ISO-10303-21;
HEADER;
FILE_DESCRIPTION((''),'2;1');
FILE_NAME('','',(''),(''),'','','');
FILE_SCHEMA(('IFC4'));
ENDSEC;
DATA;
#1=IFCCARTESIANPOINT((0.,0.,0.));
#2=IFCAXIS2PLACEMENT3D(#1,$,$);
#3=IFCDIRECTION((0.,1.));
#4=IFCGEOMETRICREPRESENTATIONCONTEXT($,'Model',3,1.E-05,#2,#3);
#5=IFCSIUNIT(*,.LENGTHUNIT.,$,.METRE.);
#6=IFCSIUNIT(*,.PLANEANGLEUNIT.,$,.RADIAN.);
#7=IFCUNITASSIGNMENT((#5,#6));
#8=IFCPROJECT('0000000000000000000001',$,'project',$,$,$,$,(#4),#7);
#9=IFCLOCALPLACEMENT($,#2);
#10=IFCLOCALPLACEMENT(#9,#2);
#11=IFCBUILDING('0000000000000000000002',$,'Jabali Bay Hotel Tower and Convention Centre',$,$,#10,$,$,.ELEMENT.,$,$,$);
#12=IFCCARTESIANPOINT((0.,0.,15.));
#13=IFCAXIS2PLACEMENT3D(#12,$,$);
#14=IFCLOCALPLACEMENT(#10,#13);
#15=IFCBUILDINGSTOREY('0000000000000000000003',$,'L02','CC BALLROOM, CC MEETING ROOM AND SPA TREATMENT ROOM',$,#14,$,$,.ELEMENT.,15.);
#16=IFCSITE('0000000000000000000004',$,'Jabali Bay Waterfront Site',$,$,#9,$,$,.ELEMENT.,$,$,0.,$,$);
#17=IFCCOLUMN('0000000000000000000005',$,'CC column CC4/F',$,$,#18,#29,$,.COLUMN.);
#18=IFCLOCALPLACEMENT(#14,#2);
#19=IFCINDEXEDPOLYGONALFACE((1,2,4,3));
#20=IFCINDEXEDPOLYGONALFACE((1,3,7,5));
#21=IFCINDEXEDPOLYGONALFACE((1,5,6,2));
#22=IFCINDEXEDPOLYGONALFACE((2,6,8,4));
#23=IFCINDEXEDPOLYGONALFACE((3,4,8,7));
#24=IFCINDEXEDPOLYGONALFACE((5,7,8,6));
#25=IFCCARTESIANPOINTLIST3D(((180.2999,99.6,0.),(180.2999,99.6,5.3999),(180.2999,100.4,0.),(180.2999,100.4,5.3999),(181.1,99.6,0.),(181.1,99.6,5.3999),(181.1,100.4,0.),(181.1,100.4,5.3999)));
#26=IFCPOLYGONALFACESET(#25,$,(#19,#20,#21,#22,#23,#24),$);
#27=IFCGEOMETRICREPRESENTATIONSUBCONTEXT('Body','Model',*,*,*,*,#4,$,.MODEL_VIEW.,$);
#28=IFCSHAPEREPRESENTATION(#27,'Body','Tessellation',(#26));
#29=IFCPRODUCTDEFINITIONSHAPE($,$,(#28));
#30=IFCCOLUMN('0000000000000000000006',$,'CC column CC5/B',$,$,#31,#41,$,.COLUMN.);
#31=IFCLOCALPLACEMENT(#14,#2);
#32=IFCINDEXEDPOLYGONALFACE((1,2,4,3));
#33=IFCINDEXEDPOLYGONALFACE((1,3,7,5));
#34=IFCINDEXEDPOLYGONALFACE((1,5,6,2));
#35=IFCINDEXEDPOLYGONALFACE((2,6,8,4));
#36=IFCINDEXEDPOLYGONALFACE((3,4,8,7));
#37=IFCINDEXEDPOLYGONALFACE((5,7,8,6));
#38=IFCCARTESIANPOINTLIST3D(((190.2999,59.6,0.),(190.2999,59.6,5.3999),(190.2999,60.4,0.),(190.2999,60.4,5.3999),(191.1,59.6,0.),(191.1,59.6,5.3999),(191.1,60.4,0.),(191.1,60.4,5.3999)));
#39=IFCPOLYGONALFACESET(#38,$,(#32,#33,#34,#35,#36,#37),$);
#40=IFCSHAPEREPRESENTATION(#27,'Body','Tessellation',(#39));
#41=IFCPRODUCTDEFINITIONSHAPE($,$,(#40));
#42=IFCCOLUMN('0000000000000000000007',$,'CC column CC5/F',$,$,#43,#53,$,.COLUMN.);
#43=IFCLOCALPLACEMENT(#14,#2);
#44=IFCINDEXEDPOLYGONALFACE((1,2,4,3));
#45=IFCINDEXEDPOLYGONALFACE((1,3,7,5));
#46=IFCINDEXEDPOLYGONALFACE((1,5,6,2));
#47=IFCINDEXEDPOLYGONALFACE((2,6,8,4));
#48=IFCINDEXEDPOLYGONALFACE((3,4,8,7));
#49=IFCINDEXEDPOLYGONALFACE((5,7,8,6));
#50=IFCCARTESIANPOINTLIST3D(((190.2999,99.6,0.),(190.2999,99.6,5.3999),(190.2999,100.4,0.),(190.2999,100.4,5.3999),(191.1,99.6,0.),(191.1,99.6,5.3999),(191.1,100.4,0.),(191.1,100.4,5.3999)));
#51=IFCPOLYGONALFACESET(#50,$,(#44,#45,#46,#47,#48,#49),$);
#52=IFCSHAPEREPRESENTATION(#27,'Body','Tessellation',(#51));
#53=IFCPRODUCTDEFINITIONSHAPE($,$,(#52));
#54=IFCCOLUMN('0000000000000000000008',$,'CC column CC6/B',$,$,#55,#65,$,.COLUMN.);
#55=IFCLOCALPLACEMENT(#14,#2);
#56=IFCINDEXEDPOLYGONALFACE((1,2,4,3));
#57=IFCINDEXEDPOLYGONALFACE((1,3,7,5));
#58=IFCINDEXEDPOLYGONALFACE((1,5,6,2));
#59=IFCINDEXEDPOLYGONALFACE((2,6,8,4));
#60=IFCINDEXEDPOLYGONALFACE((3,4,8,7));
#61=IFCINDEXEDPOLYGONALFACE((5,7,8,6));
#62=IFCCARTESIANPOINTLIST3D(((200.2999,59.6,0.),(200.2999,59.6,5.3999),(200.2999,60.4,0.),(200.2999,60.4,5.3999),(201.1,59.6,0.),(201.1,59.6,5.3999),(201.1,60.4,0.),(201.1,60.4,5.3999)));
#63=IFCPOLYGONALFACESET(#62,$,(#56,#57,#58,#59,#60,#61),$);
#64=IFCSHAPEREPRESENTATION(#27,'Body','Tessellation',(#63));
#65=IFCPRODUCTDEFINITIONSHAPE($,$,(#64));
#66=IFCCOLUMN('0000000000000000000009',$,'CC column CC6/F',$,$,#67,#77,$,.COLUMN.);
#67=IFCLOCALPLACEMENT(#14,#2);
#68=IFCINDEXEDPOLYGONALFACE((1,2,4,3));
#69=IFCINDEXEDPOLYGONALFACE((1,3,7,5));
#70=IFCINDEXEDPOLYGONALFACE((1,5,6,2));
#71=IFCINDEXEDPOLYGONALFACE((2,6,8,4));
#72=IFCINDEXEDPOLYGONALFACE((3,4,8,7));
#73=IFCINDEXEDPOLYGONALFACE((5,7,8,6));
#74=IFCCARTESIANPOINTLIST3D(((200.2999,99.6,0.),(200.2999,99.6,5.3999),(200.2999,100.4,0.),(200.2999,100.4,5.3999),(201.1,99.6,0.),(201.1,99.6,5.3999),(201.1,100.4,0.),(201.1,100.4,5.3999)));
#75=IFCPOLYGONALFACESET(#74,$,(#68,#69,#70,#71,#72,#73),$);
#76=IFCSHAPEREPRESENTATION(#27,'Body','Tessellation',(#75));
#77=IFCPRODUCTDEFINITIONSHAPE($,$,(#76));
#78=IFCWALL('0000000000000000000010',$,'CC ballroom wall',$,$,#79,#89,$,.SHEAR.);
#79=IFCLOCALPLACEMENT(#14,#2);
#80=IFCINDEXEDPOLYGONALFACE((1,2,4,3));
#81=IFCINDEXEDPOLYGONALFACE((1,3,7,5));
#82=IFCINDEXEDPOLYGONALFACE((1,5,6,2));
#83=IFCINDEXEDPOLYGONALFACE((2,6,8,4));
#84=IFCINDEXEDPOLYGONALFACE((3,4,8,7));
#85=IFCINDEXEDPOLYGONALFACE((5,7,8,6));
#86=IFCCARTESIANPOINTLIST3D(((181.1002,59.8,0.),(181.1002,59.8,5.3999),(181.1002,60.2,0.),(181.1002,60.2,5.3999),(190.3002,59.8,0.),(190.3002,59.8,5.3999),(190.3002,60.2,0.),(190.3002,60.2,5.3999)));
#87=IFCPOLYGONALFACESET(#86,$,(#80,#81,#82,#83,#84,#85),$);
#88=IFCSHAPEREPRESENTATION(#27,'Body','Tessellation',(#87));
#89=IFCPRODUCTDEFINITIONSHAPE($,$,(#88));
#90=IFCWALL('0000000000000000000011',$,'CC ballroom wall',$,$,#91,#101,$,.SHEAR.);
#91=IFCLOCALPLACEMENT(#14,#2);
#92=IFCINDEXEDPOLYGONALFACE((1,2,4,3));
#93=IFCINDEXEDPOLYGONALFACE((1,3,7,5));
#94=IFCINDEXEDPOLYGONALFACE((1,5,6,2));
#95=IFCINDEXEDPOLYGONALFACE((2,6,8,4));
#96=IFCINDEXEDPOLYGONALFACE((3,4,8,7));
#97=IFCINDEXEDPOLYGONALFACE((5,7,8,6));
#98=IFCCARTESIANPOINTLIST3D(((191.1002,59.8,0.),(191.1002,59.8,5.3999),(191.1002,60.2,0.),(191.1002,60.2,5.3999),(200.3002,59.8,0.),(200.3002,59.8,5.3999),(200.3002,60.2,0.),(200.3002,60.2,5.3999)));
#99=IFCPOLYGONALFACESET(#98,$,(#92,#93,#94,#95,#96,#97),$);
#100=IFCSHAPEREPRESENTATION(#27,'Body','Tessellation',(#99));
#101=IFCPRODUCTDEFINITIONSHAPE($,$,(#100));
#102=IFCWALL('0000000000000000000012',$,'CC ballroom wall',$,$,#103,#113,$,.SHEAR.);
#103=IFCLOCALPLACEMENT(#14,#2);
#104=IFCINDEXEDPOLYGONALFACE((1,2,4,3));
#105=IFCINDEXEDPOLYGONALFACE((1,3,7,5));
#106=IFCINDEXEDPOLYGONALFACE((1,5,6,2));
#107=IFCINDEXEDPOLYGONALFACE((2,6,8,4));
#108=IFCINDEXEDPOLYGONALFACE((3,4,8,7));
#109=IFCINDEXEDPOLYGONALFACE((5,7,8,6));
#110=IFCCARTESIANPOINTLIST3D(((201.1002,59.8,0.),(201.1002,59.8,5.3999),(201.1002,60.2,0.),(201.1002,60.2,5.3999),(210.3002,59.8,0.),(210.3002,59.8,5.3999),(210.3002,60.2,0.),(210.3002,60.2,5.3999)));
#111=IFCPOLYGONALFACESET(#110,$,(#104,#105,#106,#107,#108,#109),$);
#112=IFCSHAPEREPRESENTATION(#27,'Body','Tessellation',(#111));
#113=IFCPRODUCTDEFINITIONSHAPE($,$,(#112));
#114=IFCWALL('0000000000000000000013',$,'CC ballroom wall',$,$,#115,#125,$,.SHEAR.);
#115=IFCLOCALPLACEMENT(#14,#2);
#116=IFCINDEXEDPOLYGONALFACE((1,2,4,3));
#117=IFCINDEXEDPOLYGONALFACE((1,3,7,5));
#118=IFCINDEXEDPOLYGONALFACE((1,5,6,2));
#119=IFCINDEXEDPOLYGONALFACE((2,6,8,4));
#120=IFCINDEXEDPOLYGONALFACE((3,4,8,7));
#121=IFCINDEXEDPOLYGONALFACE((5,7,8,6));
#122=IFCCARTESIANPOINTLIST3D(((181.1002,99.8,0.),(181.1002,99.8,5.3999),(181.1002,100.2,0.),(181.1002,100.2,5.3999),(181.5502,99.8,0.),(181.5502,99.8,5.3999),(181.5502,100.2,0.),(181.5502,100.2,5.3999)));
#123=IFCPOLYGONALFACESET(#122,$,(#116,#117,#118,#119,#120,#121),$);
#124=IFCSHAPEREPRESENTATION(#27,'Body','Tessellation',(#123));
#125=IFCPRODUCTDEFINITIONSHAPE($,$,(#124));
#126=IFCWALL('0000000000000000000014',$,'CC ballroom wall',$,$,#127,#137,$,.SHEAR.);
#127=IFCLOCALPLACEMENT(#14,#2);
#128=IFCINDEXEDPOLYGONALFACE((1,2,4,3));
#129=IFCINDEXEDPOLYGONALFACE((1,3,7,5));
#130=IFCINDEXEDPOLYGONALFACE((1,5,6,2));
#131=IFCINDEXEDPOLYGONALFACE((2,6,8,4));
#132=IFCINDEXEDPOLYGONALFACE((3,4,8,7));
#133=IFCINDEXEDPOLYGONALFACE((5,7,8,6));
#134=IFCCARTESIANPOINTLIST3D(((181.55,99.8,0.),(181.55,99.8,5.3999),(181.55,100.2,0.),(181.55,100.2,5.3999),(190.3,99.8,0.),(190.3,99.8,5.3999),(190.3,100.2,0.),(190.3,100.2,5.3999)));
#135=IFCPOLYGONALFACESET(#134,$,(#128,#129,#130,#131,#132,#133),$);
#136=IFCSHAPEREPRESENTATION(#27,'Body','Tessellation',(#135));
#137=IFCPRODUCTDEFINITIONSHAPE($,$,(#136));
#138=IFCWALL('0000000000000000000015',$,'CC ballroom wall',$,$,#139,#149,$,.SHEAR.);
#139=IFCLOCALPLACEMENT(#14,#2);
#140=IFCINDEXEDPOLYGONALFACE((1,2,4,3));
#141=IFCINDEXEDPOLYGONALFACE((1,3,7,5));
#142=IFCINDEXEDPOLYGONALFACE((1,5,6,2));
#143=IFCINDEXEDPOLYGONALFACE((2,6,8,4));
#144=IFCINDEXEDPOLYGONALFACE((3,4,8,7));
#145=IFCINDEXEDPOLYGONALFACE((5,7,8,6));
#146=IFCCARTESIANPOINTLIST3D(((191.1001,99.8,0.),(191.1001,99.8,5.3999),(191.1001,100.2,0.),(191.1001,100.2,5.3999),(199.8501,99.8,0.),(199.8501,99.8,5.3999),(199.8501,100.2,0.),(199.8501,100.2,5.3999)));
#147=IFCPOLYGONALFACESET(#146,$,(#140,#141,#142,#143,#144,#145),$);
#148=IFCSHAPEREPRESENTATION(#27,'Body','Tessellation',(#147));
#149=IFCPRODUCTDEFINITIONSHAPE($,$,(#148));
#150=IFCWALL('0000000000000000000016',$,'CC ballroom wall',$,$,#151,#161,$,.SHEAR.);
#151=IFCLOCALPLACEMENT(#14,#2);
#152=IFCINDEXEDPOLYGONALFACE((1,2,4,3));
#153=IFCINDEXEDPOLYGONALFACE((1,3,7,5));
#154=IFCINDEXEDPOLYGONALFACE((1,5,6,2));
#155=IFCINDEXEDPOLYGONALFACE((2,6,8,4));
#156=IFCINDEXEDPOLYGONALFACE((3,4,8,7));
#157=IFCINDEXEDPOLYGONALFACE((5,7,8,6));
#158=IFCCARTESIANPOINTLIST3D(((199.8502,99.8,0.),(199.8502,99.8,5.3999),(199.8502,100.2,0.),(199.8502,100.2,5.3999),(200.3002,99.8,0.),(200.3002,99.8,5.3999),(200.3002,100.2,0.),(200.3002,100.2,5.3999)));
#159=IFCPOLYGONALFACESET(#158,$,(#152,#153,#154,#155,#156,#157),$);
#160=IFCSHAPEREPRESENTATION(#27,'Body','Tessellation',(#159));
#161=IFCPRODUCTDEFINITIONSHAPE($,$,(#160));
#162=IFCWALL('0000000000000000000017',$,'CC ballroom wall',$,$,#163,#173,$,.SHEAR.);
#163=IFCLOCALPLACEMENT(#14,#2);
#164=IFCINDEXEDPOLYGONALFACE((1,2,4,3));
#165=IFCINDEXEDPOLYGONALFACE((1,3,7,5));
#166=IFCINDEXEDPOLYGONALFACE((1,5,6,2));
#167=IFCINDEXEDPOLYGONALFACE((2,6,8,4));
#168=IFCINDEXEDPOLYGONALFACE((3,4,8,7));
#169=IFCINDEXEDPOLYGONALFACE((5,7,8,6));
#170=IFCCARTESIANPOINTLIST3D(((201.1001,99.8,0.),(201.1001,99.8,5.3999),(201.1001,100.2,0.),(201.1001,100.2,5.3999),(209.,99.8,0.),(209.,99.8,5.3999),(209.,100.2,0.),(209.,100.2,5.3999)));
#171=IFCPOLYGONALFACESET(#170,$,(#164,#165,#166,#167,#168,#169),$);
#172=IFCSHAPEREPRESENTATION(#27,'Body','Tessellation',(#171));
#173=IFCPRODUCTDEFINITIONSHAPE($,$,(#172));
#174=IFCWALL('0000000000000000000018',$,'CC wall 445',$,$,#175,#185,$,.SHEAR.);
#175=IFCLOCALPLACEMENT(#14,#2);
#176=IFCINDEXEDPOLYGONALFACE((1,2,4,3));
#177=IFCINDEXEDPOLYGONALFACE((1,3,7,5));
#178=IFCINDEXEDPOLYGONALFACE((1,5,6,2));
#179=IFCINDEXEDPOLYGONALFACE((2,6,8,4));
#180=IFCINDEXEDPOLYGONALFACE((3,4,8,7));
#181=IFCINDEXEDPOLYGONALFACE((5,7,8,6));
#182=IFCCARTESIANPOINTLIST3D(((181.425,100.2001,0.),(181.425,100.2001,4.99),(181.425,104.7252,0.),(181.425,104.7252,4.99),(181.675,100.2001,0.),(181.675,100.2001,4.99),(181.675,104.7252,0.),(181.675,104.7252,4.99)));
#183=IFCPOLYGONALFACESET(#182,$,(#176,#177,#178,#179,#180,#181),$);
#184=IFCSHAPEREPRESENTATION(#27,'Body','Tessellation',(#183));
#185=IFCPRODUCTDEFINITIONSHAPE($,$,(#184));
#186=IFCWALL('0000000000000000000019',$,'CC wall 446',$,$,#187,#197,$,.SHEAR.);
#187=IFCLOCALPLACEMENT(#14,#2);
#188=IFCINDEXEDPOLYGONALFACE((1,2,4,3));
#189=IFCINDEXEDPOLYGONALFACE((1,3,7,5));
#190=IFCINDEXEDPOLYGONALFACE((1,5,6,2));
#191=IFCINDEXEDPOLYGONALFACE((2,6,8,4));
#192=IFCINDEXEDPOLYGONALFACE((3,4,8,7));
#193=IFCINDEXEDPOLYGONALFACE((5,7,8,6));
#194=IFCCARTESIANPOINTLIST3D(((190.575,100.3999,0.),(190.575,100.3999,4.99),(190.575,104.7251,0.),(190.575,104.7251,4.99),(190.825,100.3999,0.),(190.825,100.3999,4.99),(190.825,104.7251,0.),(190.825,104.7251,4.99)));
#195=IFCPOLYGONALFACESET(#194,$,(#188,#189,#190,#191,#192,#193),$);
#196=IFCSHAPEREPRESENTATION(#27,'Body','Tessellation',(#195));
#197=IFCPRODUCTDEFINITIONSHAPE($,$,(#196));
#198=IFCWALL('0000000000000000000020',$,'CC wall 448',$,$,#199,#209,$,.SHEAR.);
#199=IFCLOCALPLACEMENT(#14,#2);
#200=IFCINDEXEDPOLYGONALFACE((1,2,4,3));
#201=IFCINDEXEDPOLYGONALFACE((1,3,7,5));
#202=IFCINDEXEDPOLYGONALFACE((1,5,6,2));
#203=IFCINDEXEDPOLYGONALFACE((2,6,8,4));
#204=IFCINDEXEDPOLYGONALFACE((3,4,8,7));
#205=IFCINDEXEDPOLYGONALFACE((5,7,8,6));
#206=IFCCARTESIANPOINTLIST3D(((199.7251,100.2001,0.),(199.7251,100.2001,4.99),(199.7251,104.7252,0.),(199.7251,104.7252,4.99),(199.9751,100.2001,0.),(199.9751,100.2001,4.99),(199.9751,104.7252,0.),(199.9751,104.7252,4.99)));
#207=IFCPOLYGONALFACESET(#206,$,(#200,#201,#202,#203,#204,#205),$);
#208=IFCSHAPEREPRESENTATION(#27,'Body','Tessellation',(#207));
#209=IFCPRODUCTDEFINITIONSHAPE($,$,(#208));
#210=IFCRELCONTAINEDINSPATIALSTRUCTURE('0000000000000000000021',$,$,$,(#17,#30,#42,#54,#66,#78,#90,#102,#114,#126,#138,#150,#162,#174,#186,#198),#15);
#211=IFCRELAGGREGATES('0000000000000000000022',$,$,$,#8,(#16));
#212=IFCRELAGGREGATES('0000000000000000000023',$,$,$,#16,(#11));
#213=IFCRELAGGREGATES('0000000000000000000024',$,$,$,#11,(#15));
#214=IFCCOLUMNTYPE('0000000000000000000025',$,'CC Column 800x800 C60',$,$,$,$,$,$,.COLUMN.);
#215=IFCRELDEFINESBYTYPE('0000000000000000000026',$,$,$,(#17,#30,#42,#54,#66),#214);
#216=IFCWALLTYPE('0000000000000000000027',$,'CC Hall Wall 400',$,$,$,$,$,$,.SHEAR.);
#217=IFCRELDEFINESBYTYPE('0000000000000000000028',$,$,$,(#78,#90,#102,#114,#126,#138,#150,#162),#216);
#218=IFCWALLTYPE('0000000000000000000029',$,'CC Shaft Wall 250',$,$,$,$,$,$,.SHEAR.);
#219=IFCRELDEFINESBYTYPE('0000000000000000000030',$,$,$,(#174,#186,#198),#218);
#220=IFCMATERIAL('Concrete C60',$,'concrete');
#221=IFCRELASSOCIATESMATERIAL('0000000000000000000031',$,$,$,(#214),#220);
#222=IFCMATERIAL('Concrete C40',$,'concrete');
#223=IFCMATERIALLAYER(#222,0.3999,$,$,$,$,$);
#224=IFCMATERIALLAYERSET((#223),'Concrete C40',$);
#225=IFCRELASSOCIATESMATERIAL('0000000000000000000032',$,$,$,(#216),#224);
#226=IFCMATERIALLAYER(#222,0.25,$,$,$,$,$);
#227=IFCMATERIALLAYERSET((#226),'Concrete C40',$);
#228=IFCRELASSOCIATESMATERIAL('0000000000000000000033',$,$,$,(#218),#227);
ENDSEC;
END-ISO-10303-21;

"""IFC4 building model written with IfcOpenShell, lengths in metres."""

from ifc_helpers import new_model, si_unit, direction, frame, frame_2d, origin, origin_2d, place, context, subcontext, project, spatial, rectangle, extrude, material, layer, layer_set, material_profile, profile_set, type_object, element, save


model = new_model("IFC4")

# Units and contexts
model_context = context("Model", 3, precision=1e-05, world=origin(), true_north=direction((0.0, 1.0)))
body_context = subcontext(model_context, "Body", "Model", "MODEL_VIEW")
ifc_project = project(units=[si_unit("LENGTHUNIT", "METRE"), si_unit("PLANEANGLEUNIT", "RADIAN")], contexts=[model_context])

# Site, building, storey
site_placement = place(None, origin())
site = spatial("IfcSite", under=ifc_project, at=site_placement, Name="Jabali Bay Waterfront Site", CompositionType="ELEMENT", RefElevation=0.0)
building_placement = place(site_placement, origin())
building = spatial("IfcBuilding", under=site, at=building_placement, Name="Jabali Bay Hotel Tower and Convention Centre", CompositionType="ELEMENT")
storey_placement = place(building_placement, frame((0.0, 0.0, 15.0)))
storey = spatial("IfcBuildingStorey", under=building, at=storey_placement, Name="L02", Description="CC BALLROOM, CC MEETING ROOM AND SPA TREATMENT ROOM", CompositionType="ELEMENT", Elevation=15.0)

# Columns
ifc_material_1 = material(Name="Concrete C60", Category="concrete")
ifc_material_profile = material_profile(ifc_material_1, rectangle(XDim=0.8, YDim=0.8, at=origin_2d()), Name="RC 800x800")
ifc_profile_set = profile_set([ifc_material_profile], Name="Concrete C60")
column_type = type_object("IfcColumnType", Name="CC Column 800x800 C60", PredefinedType="COLUMN", material=ifc_profile_set)
for number, where, z_axis, x_axis, name in (
    (1, (180.7, 100.0, 0.0), (0.0, 0.0, 1.0), (1.0, 0.0, 0.0), "CC column CC4/F"),
    (2, (190.7, 60.0, 0.0), (0.0, 0.0, 1.0), (1.0, 0.0, 0.0), "CC column CC5/B"),
    (3, (190.7, 100.0, 0.0), (0.0, 0.0, 1.0), (1.0, 0.0, 0.0), "CC column CC5/F"),
    (4, (200.7, 60.0, 0.0), (0.0, 0.0, 1.0), (1.0, 0.0, 0.0), "CC column CC6/B"),
    (5, (200.7, 100.0, 0.0), (0.0, 0.0, 1.0), (1.0, 0.0, 0.0), "CC column CC6/F"),
):
    element("IfcColumn", number, at=place(storey_placement, frame(where, z_axis=z_axis, x_axis=x_axis)), inside=storey, type_object=column_type, Name=name, PredefinedType="COLUMN", context=body_context, shape_type="SweptSolid", body=[
        extrude(rectangle(XDim=0.8, YDim=0.8, at=origin_2d()), origin(), (0.0, 0.0, 1.0), 5.3999),
    ])

# Walls
ifc_material_2 = material(Name="Concrete C40", Category="concrete")
ifc_layer_1 = layer(ifc_material_2, 0.3999)
ifc_layer_set_1 = layer_set([ifc_layer_1], Name="Concrete C40")
wall_type_1 = type_object("IfcWallType", Name="CC Hall Wall 400", PredefinedType="SHEAR", material=ifc_layer_set_1)
for number, where, z_axis, x_axis, name in (
    (6, (181.1001, 60.0, 0.0), (0.0, 0.0, 1.0), (1.0, 0.0, 0.0), "CC ballroom wall"),
    (7, (191.1001, 60.0, 0.0), (0.0, 0.0, 1.0), (1.0, 0.0, 0.0), "CC ballroom wall"),
    (8, (201.1001, 60.0, 0.0), (0.0, 0.0, 1.0), (1.0, 0.0, 0.0), "CC ballroom wall"),
):
    element("IfcWall", number, at=place(storey_placement, frame(where, z_axis=z_axis, x_axis=x_axis)), inside=storey, type_object=wall_type_1, Name=name, PredefinedType="SHEAR", context=body_context, shape_type="SweptSolid", body=[
        extrude(rectangle(XDim=9.2, YDim=0.3999, at=frame_2d((4.6001, 0.0))), origin(), (0.0, 0.0, 1.0), 5.3999),
    ])
wall_1_placement = place(storey_placement, frame((181.1001, 100.0, 0.0), z_axis=(0.0, 0.0, 1.0), x_axis=(1.0, 0.0, 0.0)))
element("IfcWall", 9, at=wall_1_placement, inside=storey, type_object=wall_type_1, Name="CC ballroom wall", PredefinedType="SHEAR", context=body_context, shape_type="SweptSolid", body=[
    extrude(rectangle(XDim=0.45, YDim=0.3999, at=frame_2d((0.2251, 0.0))), origin(), (0.0, 0.0, 1.0), 5.3999),
])
for number, where, z_axis, x_axis, name in (
    (10, (181.55, 100.0, 0.0), (0.0, 0.0, 1.0), (1.0, 0.0, 0.0), "CC ballroom wall"),
    (11, (191.1001, 100.0, 0.0), (0.0, 0.0, 1.0), (1.0, 0.0, 0.0), "CC ballroom wall"),
):
    element("IfcWall", number, at=place(storey_placement, frame(where, z_axis=z_axis, x_axis=x_axis)), inside=storey, type_object=wall_type_1, Name=name, PredefinedType="SHEAR", context=body_context, shape_type="SweptSolid", body=[
        extrude(rectangle(XDim=8.75, YDim=0.3999, at=frame_2d((4.375, 0.0))), origin(), (0.0, 0.0, 1.0), 5.3999),
    ])
wall_2_placement = place(storey_placement, frame((199.8501, 100.0, 0.0), z_axis=(0.0, 0.0, 1.0), x_axis=(1.0, 0.0, 0.0)))
element("IfcWall", 12, at=wall_2_placement, inside=storey, type_object=wall_type_1, Name="CC ballroom wall", PredefinedType="SHEAR", context=body_context, shape_type="SweptSolid", body=[
    extrude(rectangle(XDim=0.45, YDim=0.3999, at=frame_2d((0.2251, 0.0))), origin(), (0.0, 0.0, 1.0), 5.3999),
])
wall_3_placement = place(storey_placement, frame((201.1001, 100.0, 0.0), z_axis=(0.0, 0.0, 1.0), x_axis=(1.0, 0.0, 0.0)))
element("IfcWall", 13, at=wall_3_placement, inside=storey, type_object=wall_type_1, Name="CC ballroom wall", PredefinedType="SHEAR", context=body_context, shape_type="SweptSolid", body=[
    extrude(rectangle(XDim=7.8999, YDim=0.3999, at=frame_2d((3.95, 0.0))), origin(), (0.0, 0.0, 1.0), 5.3999),
])
ifc_layer_2 = layer(ifc_material_2, 0.25)
ifc_layer_set_2 = layer_set([ifc_layer_2], Name="Concrete C40")
wall_type_2 = type_object("IfcWallType", Name="CC Shaft Wall 250", PredefinedType="SHEAR", material=ifc_layer_set_2)
wall_4_placement = place(storey_placement, frame((181.55, 100.2, 0.0), z_axis=(0.0, 0.0, 1.0), x_axis=(0.0, 1.0, 0.0)))
element("IfcWall", 14, at=wall_4_placement, inside=storey, type_object=wall_type_2, Name="CC wall 445", PredefinedType="SHEAR", context=body_context, shape_type="SweptSolid", body=[
    extrude(rectangle(XDim=4.5251, YDim=0.25, at=frame_2d((2.2627, 0.0))), origin(), (0.0, 0.0, 1.0), 4.99),
])
wall_5_placement = place(storey_placement, frame((190.7, 100.3999, 0.0), z_axis=(0.0, 0.0, 1.0), x_axis=(0.0, 1.0, 0.0)))
element("IfcWall", 15, at=wall_5_placement, inside=storey, type_object=wall_type_2, Name="CC wall 446", PredefinedType="SHEAR", context=body_context, shape_type="SweptSolid", body=[
    extrude(rectangle(XDim=4.3252, YDim=0.25, at=frame_2d((2.1626, 0.0))), origin(), (0.0, 0.0, 1.0), 4.99),
])
wall_6_placement = place(storey_placement, frame((199.8501, 100.2, 0.0), z_axis=(0.0, 0.0, 1.0), x_axis=(0.0, 1.0, 0.0)))
element("IfcWall", 16, at=wall_6_placement, inside=storey, type_object=wall_type_2, Name="CC wall 448", PredefinedType="SHEAR", context=body_context, shape_type="SweptSolid", body=[
    extrude(rectangle(XDim=4.5251, YDim=0.25, at=frame_2d((2.2627, 0.0))), origin(), (0.0, 0.0, 1.0), 4.99),
])

save(model, "model.ifc")
